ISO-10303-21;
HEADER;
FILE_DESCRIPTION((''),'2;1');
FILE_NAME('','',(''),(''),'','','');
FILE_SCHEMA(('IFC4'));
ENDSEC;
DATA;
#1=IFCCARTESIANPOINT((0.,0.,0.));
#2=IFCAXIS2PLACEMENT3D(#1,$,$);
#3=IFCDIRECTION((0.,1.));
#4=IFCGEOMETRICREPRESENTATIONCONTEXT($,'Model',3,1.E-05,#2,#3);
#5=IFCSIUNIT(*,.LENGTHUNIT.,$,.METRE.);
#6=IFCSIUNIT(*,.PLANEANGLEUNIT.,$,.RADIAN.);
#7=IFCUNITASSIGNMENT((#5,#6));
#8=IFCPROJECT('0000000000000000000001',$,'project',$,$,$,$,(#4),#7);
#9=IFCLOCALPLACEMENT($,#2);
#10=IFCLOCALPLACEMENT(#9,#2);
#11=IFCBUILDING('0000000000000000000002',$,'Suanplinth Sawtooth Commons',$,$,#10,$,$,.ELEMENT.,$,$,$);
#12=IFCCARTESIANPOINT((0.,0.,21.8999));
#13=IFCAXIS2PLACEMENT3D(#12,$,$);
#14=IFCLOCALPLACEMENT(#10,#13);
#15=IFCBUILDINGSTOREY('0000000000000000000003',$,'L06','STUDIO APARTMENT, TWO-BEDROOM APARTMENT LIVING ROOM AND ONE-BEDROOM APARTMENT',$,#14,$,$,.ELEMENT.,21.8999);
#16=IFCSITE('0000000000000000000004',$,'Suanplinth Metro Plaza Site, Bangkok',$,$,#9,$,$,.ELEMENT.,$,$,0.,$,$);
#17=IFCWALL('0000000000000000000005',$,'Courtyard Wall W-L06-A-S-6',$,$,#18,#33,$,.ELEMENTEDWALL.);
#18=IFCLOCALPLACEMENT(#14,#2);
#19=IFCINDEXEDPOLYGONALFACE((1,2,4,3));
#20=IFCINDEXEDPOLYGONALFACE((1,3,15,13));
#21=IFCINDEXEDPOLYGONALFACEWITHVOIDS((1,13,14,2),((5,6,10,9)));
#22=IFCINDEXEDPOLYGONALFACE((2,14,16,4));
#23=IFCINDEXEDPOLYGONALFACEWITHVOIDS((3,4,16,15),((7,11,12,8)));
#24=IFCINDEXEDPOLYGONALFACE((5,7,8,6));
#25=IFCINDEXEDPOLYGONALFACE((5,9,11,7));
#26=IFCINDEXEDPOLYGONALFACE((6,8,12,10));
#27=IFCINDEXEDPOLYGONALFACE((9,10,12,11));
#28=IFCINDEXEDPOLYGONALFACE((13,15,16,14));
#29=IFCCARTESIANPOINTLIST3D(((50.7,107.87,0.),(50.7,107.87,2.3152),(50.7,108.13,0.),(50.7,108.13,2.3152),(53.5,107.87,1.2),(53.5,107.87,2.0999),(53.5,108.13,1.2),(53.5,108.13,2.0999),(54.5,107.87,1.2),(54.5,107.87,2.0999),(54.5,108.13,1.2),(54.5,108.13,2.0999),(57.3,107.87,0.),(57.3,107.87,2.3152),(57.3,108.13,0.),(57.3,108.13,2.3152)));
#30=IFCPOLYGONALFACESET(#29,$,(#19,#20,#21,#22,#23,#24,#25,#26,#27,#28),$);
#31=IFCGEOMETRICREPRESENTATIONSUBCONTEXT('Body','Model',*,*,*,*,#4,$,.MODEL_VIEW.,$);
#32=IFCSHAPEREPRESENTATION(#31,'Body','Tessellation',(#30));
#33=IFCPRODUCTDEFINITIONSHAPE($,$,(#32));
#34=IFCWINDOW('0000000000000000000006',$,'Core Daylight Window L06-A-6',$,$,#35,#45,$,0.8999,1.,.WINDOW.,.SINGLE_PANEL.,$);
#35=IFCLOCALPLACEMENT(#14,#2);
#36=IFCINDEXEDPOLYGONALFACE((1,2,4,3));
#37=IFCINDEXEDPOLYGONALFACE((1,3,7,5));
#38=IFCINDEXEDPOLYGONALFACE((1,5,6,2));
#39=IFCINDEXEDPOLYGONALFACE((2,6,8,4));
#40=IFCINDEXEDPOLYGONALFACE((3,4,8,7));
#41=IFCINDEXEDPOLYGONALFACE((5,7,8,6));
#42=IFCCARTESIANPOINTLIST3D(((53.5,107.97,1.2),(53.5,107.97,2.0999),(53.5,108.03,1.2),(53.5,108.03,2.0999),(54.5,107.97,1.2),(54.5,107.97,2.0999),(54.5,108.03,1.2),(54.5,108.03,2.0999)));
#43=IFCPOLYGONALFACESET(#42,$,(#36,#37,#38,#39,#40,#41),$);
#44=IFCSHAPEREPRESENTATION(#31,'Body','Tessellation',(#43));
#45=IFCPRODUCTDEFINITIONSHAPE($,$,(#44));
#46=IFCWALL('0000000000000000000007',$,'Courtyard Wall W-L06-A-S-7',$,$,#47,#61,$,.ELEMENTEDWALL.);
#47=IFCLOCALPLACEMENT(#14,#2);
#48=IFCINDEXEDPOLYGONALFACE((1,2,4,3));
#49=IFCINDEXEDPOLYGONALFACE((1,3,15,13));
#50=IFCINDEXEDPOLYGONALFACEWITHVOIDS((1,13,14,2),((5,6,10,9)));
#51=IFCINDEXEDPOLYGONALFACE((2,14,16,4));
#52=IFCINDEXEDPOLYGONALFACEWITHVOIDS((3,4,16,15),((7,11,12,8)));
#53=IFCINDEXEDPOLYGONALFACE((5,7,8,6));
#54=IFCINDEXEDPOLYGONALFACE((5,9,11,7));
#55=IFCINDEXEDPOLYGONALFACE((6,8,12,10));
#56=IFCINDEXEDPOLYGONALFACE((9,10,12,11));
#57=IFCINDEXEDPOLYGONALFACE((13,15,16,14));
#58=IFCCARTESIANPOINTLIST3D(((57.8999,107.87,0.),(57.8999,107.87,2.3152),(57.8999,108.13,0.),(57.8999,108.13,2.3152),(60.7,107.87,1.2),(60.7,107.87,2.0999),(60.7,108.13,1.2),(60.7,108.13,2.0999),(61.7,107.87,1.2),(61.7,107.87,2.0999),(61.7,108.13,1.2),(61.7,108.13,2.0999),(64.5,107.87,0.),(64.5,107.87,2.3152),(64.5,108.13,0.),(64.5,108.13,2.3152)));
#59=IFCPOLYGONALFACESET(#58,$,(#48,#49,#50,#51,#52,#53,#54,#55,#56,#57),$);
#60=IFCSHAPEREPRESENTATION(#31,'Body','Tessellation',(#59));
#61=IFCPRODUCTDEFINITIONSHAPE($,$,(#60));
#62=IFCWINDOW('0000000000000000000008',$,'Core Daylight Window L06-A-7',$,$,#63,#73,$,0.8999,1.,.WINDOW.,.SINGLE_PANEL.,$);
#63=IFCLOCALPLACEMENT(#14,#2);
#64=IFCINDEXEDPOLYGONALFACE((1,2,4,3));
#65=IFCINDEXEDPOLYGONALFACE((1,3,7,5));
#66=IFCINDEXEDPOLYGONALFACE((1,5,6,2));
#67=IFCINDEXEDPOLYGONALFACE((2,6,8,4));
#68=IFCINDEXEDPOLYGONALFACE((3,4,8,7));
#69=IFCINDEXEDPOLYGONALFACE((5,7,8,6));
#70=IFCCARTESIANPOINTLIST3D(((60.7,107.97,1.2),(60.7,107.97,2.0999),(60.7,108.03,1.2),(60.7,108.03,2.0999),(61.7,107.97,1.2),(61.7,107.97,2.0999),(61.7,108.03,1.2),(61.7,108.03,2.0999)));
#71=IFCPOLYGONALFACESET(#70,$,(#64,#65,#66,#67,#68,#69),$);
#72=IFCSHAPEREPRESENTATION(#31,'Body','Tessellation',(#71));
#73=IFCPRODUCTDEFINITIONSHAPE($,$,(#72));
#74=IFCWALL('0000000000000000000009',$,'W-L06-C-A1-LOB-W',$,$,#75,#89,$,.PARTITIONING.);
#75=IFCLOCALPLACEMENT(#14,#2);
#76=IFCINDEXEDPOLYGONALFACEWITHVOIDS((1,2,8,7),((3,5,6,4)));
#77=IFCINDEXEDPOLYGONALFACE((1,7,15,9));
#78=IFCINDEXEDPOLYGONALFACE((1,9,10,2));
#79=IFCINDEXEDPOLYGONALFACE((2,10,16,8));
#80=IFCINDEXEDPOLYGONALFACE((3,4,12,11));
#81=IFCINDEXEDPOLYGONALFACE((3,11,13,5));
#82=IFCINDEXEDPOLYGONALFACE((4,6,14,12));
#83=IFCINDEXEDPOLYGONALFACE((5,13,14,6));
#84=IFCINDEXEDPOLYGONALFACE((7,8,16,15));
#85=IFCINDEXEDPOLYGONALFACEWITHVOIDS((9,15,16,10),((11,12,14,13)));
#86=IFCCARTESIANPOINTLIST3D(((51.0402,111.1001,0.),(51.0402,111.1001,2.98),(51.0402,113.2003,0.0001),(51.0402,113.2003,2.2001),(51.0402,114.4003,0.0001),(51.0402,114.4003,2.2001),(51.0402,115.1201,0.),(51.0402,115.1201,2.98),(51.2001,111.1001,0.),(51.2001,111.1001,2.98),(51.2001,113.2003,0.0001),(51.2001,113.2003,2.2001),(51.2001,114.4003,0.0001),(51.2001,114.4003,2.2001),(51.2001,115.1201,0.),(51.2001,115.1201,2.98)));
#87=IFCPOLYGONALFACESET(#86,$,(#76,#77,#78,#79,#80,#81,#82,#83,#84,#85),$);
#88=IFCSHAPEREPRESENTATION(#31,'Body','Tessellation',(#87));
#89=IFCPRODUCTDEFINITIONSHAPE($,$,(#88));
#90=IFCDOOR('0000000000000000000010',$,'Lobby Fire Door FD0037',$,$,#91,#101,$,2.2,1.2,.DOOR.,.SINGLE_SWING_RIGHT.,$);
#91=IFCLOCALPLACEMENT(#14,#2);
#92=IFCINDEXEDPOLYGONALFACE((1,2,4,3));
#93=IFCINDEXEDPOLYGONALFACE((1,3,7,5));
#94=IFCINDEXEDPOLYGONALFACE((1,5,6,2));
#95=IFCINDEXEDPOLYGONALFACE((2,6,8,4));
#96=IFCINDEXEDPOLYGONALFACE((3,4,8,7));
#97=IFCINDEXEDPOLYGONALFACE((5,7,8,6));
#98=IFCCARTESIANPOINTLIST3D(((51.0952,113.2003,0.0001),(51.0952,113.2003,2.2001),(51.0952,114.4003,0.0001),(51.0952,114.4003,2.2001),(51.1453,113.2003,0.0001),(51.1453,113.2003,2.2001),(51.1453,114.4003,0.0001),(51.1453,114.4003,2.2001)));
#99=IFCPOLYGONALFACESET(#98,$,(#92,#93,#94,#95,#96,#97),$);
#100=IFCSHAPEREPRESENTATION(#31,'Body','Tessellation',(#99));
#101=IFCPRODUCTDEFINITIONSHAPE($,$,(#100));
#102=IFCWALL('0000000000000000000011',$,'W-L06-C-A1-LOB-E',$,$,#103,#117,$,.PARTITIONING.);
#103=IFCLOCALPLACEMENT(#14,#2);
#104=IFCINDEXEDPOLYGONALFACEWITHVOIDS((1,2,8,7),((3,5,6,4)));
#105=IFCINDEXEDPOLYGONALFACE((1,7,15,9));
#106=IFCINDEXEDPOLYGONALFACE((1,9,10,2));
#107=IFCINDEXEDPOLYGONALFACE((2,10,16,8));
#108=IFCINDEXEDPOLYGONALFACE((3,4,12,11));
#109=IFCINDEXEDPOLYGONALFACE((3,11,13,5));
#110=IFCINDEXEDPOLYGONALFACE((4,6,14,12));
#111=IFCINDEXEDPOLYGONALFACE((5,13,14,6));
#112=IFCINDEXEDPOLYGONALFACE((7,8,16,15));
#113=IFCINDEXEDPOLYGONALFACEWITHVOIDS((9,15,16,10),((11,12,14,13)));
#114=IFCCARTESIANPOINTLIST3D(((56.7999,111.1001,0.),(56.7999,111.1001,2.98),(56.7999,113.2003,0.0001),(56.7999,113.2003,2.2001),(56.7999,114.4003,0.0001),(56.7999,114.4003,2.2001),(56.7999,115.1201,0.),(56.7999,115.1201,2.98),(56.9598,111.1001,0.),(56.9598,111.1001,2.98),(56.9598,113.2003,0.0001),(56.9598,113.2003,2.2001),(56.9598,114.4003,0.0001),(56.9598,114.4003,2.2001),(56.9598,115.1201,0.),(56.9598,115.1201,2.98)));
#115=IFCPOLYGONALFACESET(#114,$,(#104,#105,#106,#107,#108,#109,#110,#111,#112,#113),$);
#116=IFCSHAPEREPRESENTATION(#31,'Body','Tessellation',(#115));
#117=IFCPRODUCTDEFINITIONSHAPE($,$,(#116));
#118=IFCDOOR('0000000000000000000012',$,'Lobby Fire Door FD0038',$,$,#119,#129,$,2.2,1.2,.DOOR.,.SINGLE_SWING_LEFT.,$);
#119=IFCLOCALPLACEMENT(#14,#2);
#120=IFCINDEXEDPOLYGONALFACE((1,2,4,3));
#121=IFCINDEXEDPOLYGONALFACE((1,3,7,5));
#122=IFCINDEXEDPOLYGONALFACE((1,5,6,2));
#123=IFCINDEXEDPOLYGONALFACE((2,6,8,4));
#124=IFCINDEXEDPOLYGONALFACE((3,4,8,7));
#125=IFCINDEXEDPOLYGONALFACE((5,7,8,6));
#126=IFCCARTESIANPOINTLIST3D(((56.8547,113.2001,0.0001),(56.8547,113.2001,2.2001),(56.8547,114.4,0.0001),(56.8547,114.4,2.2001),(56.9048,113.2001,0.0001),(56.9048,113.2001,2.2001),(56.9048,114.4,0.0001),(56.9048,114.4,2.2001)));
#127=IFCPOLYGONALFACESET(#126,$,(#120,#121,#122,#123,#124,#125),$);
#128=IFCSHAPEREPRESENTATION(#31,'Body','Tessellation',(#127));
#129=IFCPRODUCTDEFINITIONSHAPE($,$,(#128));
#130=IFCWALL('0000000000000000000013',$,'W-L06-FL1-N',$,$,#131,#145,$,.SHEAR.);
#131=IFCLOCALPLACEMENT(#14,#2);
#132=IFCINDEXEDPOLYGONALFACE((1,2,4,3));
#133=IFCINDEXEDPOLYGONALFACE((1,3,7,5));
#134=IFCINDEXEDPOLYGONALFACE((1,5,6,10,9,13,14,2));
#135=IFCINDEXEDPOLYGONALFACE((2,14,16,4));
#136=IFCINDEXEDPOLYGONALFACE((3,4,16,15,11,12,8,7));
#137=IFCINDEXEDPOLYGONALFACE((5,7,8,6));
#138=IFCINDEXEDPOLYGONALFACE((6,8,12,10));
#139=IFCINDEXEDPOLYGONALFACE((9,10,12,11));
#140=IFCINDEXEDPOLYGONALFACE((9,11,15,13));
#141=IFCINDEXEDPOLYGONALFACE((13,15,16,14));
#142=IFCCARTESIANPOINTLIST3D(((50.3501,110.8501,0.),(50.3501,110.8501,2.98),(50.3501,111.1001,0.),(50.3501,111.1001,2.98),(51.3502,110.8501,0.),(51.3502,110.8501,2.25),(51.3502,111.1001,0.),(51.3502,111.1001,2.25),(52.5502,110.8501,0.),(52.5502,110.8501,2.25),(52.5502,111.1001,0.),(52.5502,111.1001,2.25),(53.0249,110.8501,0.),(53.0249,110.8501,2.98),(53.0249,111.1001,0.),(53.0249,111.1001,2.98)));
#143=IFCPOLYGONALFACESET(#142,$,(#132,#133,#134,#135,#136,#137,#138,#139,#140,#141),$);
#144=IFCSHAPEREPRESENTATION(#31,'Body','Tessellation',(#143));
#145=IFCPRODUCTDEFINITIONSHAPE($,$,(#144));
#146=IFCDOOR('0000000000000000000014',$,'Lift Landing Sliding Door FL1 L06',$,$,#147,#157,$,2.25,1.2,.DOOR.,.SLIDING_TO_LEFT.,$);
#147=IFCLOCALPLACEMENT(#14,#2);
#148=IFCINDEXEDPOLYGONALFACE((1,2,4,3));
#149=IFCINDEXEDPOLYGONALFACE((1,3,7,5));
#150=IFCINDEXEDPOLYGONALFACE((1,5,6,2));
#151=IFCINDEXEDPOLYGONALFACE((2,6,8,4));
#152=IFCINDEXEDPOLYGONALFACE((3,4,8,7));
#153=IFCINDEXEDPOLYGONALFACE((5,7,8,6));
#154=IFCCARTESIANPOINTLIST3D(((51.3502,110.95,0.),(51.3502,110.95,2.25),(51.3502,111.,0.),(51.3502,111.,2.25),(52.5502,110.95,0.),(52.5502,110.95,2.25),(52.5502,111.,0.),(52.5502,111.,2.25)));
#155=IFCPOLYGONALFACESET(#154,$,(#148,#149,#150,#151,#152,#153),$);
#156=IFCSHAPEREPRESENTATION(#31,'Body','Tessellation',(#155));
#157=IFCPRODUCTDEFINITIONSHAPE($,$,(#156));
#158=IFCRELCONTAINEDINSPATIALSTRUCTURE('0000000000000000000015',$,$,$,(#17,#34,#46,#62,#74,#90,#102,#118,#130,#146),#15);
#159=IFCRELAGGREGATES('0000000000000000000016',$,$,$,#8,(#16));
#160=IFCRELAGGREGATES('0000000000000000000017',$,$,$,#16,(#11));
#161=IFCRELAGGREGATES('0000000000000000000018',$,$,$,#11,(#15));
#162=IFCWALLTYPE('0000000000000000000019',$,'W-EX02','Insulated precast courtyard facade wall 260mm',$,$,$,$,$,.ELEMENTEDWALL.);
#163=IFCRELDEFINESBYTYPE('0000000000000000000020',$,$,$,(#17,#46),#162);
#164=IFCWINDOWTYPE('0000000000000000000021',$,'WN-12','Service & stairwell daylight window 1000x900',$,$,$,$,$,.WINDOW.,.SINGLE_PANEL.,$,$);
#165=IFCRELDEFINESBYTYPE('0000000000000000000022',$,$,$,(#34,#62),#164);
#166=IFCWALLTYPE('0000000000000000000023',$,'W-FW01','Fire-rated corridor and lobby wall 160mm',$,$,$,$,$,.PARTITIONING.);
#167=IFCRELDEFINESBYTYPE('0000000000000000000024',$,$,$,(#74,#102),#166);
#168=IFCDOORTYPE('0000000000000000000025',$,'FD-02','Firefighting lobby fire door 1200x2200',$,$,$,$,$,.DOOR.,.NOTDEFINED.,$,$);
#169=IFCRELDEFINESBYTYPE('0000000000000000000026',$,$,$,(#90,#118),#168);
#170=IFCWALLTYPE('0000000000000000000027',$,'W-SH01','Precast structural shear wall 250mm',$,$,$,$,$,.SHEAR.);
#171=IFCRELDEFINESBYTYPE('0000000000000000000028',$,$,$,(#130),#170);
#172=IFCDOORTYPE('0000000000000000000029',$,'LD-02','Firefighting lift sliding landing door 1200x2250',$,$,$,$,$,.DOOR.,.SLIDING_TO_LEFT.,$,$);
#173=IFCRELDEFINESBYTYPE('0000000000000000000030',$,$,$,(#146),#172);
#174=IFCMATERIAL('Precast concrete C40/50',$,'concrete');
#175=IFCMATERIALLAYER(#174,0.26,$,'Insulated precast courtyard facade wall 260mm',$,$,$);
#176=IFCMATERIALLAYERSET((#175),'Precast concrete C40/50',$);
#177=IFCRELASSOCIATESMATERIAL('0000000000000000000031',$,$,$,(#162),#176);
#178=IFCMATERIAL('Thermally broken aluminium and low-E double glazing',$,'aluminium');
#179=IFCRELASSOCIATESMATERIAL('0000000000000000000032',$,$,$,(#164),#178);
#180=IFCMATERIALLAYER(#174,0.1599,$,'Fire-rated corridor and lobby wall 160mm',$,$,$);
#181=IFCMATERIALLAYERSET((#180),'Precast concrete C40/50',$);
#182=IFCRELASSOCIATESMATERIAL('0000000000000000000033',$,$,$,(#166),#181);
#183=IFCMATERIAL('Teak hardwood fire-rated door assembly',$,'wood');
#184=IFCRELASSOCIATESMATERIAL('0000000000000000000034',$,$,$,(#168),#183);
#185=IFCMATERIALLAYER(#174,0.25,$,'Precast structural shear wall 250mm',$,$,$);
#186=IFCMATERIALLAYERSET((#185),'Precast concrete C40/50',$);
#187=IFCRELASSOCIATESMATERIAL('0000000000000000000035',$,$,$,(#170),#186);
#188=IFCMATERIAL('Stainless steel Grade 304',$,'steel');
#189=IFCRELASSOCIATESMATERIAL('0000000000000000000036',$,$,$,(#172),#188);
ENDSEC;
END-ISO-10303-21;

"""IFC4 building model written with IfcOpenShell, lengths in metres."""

from ifc_helpers import new_model, si_unit, direction, frame, frame_2d, origin, place, context, subcontext, project, spatial, rectangle, extrude, material, layer, layer_set, type_object, element, fill, save


model = new_model("IFC4")

# Units and contexts
model_context = context("Model", 3, precision=1e-05, world=origin(), true_north=direction((0.0, 1.0)))
body_context = subcontext(model_context, "Body", "Model", "MODEL_VIEW")
ifc_project = project(units=[si_unit("LENGTHUNIT", "METRE"), si_unit("PLANEANGLEUNIT", "RADIAN")], contexts=[model_context])

# Site, building, storey
site_placement = place(None, origin())
site = spatial("IfcSite", under=ifc_project, at=site_placement, Name="Suanplinth Metro Plaza Site, Bangkok", CompositionType="ELEMENT", RefElevation=0.0)
building_placement = place(site_placement, origin())
building = spatial("IfcBuilding", under=site, at=building_placement, Name="Suanplinth Sawtooth Commons", CompositionType="ELEMENT")
storey_placement = place(building_placement, frame((0.0, 0.0, 21.8999)))
storey = spatial("IfcBuildingStorey", under=building, at=storey_placement, Name="L06", Description="STUDIO APARTMENT, TWO-BEDROOM APARTMENT LIVING ROOM AND ONE-BEDROOM APARTMENT", CompositionType="ELEMENT", Elevation=21.8999)

# Shared definitions
ifc_material_1 = material(Name="Precast concrete C40/50", Category="concrete")

# Shared definitions
ifc_material_2 = material(Name="Teak hardwood fire-rated door assembly", Category="wood")

# Walls, openings, windows
ifc_layer_1 = layer(ifc_material_1, 0.26, Name="Insulated precast courtyard facade wall 260mm")
ifc_layer_set_1 = layer_set([ifc_layer_1], Name="Precast concrete C40/50")
wall_type_1 = type_object("IfcWallType", Name="W-EX02", Description="Insulated precast courtyard facade wall 260mm", PredefinedType="ELEMENTEDWALL", material=ifc_layer_set_1)
wall_1_placement = place(storey_placement, frame((50.7, 108.0, 0.0), z_axis=(0.0, 0.0, 1.0), x_axis=(1.0, 0.0, 0.0)))
wall_1 = element("IfcWall", 1, at=wall_1_placement, inside=storey, type_object=wall_type_1, Name="Courtyard Wall W-L06-A-S-6", PredefinedType="ELEMENTEDWALL", context=body_context, shape_type="SweptSolid", body=[
    extrude(rectangle(XDim=6.6001, YDim=0.26, at=frame_2d((3.3, 0.0))), origin(), (0.0, 0.0, 1.0), 2.3152),
])
opening_1_placement = place(wall_1_placement, frame((2.8, 0.0, 1.2)))
opening_1 = element("IfcOpeningElement", 2, at=opening_1_placement, cuts=wall_1, PredefinedType="OPENING", context=body_context, shape_type="SweptSolid", body=[
    extrude(rectangle(XDim=1.0, YDim=0.8999, at=frame_2d((0.5, 0.45))), frame((0.0, 0.145, 0.0), z_axis=(0.0, -1.0, 0.0), x_axis=(1.0, 0.0, 0.0)), (0.0, 0.0, 1.0), 0.2898),
])
ifc_material_3 = material(Name="Thermally broken aluminium and low-E double glazing", Category="aluminium")
window_type = type_object("IfcWindowType", Name="WN-12", Description="Service & stairwell daylight window 1000x900", PartitioningType="SINGLE_PANEL", PredefinedType="WINDOW", material=ifc_material_3)
window_1_placement = place(opening_1_placement, origin())
window_1 = element("IfcWindow", 3, at=window_1_placement, inside=storey, type_object=window_type, Name="Core Daylight Window L06-A-6", OverallHeight=0.8999, OverallWidth=1.0, PartitioningType="SINGLE_PANEL", PredefinedType="WINDOW", context=body_context, shape_type="SweptSolid", body=[
    extrude(rectangle(XDim=1.0, YDim=0.8999, at=frame_2d((0.5, 0.45))), frame((0.0, 0.03, 0.0), z_axis=(0.0, -1.0, 0.0), x_axis=(1.0, 0.0, 0.0)), (0.0, 0.0, 1.0), 0.0601),
])
fill(opening_1, window_1)
wall_2_placement = place(storey_placement, frame((57.8999, 108.0, 0.0), z_axis=(0.0, 0.0, 1.0), x_axis=(1.0, 0.0, 0.0)))
wall_2 = element("IfcWall", 4, at=wall_2_placement, inside=storey, type_object=wall_type_1, Name="Courtyard Wall W-L06-A-S-7", PredefinedType="ELEMENTEDWALL", context=body_context, shape_type="SweptSolid", body=[
    extrude(rectangle(XDim=6.6001, YDim=0.26, at=frame_2d((3.3, 0.0))), origin(), (0.0, 0.0, 1.0), 2.3152),
])
opening_2_placement = place(wall_2_placement, frame((2.8, 0.0, 1.2)))
opening_2 = element("IfcOpeningElement", 5, at=opening_2_placement, cuts=wall_2, PredefinedType="OPENING", context=body_context, shape_type="SweptSolid", body=[
    extrude(rectangle(XDim=1.0, YDim=0.8999, at=frame_2d((0.5, 0.45))), frame((0.0, 0.145, 0.0), z_axis=(0.0, -1.0, 0.0), x_axis=(1.0, 0.0, 0.0)), (0.0, 0.0, 1.0), 0.2898),
])
window_2_placement = place(opening_2_placement, origin())
window_2 = element("IfcWindow", 6, at=window_2_placement, inside=storey, type_object=window_type, Name="Core Daylight Window L06-A-7", OverallHeight=0.8999, OverallWidth=1.0, PartitioningType="SINGLE_PANEL", PredefinedType="WINDOW", context=body_context, shape_type="SweptSolid", body=[
    extrude(rectangle(XDim=1.0, YDim=0.8999, at=frame_2d((0.5, 0.45))), frame((0.0, 0.03, 0.0), z_axis=(0.0, -1.0, 0.0), x_axis=(1.0, 0.0, 0.0)), (0.0, 0.0, 1.0), 0.0601),
])
fill(opening_2, window_2)

# Walls, openings, doors
ifc_layer_2 = layer(ifc_material_1, 0.1599, Name="Fire-rated corridor and lobby wall 160mm")
ifc_layer_set_2 = layer_set([ifc_layer_2], Name="Precast concrete C40/50")
wall_type_2 = type_object("IfcWallType", Name="W-FW01", Description="Fire-rated corridor and lobby wall 160mm", PredefinedType="PARTITIONING", material=ifc_layer_set_2)
wall_3_placement = place(storey_placement, frame((51.1201, 111.1001, 0.0), z_axis=(0.0, 0.0, 1.0), x_axis=(0.0, 1.0, 0.0)))
wall_3 = element("IfcWall", 7, at=wall_3_placement, inside=storey, type_object=wall_type_2, Name="W-L06-C-A1-LOB-W", PredefinedType="PARTITIONING", context=body_context, shape_type="SweptSolid", body=[
    extrude(rectangle(XDim=4.02, YDim=0.1599, at=frame_2d((2.01, 0.0))), origin(), (0.0, 0.0, 1.0), 2.98),
])
opening_3_placement = place(wall_3_placement, frame((2.1001, 0.0, 0.0)))
opening_3 = element("IfcOpeningElement", 8, at=opening_3_placement, cuts=wall_3, PredefinedType="OPENING", context=body_context, shape_type="SweptSolid", body=[
    extrude(rectangle(XDim=1.2, YDim=2.2, at=frame_2d((0.6001, 1.1001))), frame((0.0, 0.0947, 0.0), z_axis=(0.0, -1.0, 0.0), x_axis=(1.0, 0.0, 0.0)), (0.0, 0.0, 1.0), 0.1897),
])
door_type_1 = type_object("IfcDoorType", Name="FD-02", Description="Firefighting lobby fire door 1200x2200", OperationType="NOTDEFINED", PredefinedType="DOOR", material=ifc_material_2)
door_1_placement = place(opening_3_placement, origin())
door_1 = element("IfcDoor", 9, at=door_1_placement, inside=storey, type_object=door_type_1, Name="Lobby Fire Door FD0037", OperationType="SINGLE_SWING_RIGHT", OverallHeight=2.2, OverallWidth=1.2, PredefinedType="DOOR", context=body_context, shape_type="SweptSolid", body=[
    extrude(rectangle(XDim=1.2, YDim=2.2, at=frame_2d((0.6001, 1.1001))), frame((0.0, 0.0249, 0.0), z_axis=(0.0, -1.0, 0.0), x_axis=(1.0, 0.0, 0.0)), (0.0, 0.0, 1.0), 0.05),
])
fill(opening_3, door_1)
wall_4_placement = place(storey_placement, frame((56.8799, 111.1001, 0.0), z_axis=(0.0, 0.0, 1.0), x_axis=(0.0, 1.0, 0.0)))
wall_4 = element("IfcWall", 10, at=wall_4_placement, inside=storey, type_object=wall_type_2, Name="W-L06-C-A1-LOB-E", PredefinedType="PARTITIONING", context=body_context, shape_type="SweptSolid", body=[
    extrude(rectangle(XDim=4.02, YDim=0.1599, at=frame_2d((2.01, 0.0))), origin(), (0.0, 0.0, 1.0), 2.98),
])
opening_4_placement = place(wall_4_placement, frame((2.1001, 0.0, 0.0)))
opening_4 = element("IfcOpeningElement", 11, at=opening_4_placement, cuts=wall_4, PredefinedType="OPENING", context=body_context, shape_type="SweptSolid", body=[
    extrude(rectangle(XDim=1.2, YDim=2.2, at=frame_2d((0.6001, 1.1001))), frame((0.0, 0.0947, 0.0), z_axis=(0.0, -1.0, 0.0), x_axis=(1.0, 0.0, 0.0)), (0.0, 0.0, 1.0), 0.1897),
])
door_2_placement = place(opening_4_placement, frame((1.2, 0.0, 0.0), z_axis=(0.0, 0.0, 1.0), x_axis=(-1.0, 0.0, 0.0)))
door_2 = element("IfcDoor", 12, at=door_2_placement, inside=storey, type_object=door_type_1, Name="Lobby Fire Door FD0038", OperationType="SINGLE_SWING_LEFT", OverallHeight=2.2, OverallWidth=1.2, PredefinedType="DOOR", context=body_context, shape_type="SweptSolid", body=[
    extrude(rectangle(XDim=1.2, YDim=2.2, at=frame_2d((0.6001, 1.1001))), frame((0.0, 0.0249, 0.0), z_axis=(0.0, -1.0, 0.0), x_axis=(1.0, 0.0, 0.0)), (0.0, 0.0, 1.0), 0.05),
])
fill(opening_4, door_2)
ifc_layer_3 = layer(ifc_material_1, 0.25, Name="Precast structural shear wall 250mm")
ifc_layer_set_3 = layer_set([ifc_layer_3], Name="Precast concrete C40/50")
wall_type_3 = type_object("IfcWallType", Name="W-SH01", Description="Precast structural shear wall 250mm", PredefinedType="SHEAR", material=ifc_layer_set_3)
wall_5_placement = place(storey_placement, frame((50.3501, 110.9751, 0.0), z_axis=(0.0, 0.0, 1.0), x_axis=(1.0, 0.0, 0.0)))
wall_5 = element("IfcWall", 13, at=wall_5_placement, inside=storey, type_object=wall_type_3, Name="W-L06-FL1-N", PredefinedType="SHEAR", context=body_context, shape_type="SweptSolid", body=[
    extrude(rectangle(XDim=2.6748, YDim=0.25, at=frame_2d((1.3374, 0.0))), origin(), (0.0, 0.0, 1.0), 2.98),
])
opening_5_placement = place(wall_5_placement, frame((1.0, 0.0, 0.0)))
opening_5 = element("IfcOpeningElement", 14, at=opening_5_placement, cuts=wall_5, PredefinedType="OPENING", context=body_context, shape_type="SweptSolid", body=[
    extrude(rectangle(XDim=1.2, YDim=2.25, at=frame_2d((0.6001, 1.125))), frame((0.0, 0.1399, 0.0), z_axis=(0.0, -1.0, 0.0), x_axis=(1.0, 0.0, 0.0)), (0.0, 0.0, 1.0), 0.2798),
])
ifc_material_4 = material(Name="Stainless steel Grade 304", Category="steel")
door_type_2 = type_object("IfcDoorType", Name="LD-02", Description="Firefighting lift sliding landing door 1200x2250", OperationType="SLIDING_TO_LEFT", PredefinedType="DOOR", material=ifc_material_4)
door_3_placement = place(opening_5_placement, origin())
door_3 = element("IfcDoor", 15, at=door_3_placement, inside=storey, type_object=door_type_2, Name="Lift Landing Sliding Door FL1 L06", OperationType="SLIDING_TO_LEFT", OverallHeight=2.25, OverallWidth=1.2, PredefinedType="DOOR", context=body_context, shape_type="SweptSolid", body=[
    extrude(rectangle(XDim=1.2, YDim=2.25, at=frame_2d((0.6001, 1.125))), frame((0.0, 0.0249, 0.0), z_axis=(0.0, -1.0, 0.0), x_axis=(1.0, 0.0, 0.0)), (0.0, 0.0, 1.0), 0.05),
])
fill(opening_5, door_3)

save(model, "model.ifc")
